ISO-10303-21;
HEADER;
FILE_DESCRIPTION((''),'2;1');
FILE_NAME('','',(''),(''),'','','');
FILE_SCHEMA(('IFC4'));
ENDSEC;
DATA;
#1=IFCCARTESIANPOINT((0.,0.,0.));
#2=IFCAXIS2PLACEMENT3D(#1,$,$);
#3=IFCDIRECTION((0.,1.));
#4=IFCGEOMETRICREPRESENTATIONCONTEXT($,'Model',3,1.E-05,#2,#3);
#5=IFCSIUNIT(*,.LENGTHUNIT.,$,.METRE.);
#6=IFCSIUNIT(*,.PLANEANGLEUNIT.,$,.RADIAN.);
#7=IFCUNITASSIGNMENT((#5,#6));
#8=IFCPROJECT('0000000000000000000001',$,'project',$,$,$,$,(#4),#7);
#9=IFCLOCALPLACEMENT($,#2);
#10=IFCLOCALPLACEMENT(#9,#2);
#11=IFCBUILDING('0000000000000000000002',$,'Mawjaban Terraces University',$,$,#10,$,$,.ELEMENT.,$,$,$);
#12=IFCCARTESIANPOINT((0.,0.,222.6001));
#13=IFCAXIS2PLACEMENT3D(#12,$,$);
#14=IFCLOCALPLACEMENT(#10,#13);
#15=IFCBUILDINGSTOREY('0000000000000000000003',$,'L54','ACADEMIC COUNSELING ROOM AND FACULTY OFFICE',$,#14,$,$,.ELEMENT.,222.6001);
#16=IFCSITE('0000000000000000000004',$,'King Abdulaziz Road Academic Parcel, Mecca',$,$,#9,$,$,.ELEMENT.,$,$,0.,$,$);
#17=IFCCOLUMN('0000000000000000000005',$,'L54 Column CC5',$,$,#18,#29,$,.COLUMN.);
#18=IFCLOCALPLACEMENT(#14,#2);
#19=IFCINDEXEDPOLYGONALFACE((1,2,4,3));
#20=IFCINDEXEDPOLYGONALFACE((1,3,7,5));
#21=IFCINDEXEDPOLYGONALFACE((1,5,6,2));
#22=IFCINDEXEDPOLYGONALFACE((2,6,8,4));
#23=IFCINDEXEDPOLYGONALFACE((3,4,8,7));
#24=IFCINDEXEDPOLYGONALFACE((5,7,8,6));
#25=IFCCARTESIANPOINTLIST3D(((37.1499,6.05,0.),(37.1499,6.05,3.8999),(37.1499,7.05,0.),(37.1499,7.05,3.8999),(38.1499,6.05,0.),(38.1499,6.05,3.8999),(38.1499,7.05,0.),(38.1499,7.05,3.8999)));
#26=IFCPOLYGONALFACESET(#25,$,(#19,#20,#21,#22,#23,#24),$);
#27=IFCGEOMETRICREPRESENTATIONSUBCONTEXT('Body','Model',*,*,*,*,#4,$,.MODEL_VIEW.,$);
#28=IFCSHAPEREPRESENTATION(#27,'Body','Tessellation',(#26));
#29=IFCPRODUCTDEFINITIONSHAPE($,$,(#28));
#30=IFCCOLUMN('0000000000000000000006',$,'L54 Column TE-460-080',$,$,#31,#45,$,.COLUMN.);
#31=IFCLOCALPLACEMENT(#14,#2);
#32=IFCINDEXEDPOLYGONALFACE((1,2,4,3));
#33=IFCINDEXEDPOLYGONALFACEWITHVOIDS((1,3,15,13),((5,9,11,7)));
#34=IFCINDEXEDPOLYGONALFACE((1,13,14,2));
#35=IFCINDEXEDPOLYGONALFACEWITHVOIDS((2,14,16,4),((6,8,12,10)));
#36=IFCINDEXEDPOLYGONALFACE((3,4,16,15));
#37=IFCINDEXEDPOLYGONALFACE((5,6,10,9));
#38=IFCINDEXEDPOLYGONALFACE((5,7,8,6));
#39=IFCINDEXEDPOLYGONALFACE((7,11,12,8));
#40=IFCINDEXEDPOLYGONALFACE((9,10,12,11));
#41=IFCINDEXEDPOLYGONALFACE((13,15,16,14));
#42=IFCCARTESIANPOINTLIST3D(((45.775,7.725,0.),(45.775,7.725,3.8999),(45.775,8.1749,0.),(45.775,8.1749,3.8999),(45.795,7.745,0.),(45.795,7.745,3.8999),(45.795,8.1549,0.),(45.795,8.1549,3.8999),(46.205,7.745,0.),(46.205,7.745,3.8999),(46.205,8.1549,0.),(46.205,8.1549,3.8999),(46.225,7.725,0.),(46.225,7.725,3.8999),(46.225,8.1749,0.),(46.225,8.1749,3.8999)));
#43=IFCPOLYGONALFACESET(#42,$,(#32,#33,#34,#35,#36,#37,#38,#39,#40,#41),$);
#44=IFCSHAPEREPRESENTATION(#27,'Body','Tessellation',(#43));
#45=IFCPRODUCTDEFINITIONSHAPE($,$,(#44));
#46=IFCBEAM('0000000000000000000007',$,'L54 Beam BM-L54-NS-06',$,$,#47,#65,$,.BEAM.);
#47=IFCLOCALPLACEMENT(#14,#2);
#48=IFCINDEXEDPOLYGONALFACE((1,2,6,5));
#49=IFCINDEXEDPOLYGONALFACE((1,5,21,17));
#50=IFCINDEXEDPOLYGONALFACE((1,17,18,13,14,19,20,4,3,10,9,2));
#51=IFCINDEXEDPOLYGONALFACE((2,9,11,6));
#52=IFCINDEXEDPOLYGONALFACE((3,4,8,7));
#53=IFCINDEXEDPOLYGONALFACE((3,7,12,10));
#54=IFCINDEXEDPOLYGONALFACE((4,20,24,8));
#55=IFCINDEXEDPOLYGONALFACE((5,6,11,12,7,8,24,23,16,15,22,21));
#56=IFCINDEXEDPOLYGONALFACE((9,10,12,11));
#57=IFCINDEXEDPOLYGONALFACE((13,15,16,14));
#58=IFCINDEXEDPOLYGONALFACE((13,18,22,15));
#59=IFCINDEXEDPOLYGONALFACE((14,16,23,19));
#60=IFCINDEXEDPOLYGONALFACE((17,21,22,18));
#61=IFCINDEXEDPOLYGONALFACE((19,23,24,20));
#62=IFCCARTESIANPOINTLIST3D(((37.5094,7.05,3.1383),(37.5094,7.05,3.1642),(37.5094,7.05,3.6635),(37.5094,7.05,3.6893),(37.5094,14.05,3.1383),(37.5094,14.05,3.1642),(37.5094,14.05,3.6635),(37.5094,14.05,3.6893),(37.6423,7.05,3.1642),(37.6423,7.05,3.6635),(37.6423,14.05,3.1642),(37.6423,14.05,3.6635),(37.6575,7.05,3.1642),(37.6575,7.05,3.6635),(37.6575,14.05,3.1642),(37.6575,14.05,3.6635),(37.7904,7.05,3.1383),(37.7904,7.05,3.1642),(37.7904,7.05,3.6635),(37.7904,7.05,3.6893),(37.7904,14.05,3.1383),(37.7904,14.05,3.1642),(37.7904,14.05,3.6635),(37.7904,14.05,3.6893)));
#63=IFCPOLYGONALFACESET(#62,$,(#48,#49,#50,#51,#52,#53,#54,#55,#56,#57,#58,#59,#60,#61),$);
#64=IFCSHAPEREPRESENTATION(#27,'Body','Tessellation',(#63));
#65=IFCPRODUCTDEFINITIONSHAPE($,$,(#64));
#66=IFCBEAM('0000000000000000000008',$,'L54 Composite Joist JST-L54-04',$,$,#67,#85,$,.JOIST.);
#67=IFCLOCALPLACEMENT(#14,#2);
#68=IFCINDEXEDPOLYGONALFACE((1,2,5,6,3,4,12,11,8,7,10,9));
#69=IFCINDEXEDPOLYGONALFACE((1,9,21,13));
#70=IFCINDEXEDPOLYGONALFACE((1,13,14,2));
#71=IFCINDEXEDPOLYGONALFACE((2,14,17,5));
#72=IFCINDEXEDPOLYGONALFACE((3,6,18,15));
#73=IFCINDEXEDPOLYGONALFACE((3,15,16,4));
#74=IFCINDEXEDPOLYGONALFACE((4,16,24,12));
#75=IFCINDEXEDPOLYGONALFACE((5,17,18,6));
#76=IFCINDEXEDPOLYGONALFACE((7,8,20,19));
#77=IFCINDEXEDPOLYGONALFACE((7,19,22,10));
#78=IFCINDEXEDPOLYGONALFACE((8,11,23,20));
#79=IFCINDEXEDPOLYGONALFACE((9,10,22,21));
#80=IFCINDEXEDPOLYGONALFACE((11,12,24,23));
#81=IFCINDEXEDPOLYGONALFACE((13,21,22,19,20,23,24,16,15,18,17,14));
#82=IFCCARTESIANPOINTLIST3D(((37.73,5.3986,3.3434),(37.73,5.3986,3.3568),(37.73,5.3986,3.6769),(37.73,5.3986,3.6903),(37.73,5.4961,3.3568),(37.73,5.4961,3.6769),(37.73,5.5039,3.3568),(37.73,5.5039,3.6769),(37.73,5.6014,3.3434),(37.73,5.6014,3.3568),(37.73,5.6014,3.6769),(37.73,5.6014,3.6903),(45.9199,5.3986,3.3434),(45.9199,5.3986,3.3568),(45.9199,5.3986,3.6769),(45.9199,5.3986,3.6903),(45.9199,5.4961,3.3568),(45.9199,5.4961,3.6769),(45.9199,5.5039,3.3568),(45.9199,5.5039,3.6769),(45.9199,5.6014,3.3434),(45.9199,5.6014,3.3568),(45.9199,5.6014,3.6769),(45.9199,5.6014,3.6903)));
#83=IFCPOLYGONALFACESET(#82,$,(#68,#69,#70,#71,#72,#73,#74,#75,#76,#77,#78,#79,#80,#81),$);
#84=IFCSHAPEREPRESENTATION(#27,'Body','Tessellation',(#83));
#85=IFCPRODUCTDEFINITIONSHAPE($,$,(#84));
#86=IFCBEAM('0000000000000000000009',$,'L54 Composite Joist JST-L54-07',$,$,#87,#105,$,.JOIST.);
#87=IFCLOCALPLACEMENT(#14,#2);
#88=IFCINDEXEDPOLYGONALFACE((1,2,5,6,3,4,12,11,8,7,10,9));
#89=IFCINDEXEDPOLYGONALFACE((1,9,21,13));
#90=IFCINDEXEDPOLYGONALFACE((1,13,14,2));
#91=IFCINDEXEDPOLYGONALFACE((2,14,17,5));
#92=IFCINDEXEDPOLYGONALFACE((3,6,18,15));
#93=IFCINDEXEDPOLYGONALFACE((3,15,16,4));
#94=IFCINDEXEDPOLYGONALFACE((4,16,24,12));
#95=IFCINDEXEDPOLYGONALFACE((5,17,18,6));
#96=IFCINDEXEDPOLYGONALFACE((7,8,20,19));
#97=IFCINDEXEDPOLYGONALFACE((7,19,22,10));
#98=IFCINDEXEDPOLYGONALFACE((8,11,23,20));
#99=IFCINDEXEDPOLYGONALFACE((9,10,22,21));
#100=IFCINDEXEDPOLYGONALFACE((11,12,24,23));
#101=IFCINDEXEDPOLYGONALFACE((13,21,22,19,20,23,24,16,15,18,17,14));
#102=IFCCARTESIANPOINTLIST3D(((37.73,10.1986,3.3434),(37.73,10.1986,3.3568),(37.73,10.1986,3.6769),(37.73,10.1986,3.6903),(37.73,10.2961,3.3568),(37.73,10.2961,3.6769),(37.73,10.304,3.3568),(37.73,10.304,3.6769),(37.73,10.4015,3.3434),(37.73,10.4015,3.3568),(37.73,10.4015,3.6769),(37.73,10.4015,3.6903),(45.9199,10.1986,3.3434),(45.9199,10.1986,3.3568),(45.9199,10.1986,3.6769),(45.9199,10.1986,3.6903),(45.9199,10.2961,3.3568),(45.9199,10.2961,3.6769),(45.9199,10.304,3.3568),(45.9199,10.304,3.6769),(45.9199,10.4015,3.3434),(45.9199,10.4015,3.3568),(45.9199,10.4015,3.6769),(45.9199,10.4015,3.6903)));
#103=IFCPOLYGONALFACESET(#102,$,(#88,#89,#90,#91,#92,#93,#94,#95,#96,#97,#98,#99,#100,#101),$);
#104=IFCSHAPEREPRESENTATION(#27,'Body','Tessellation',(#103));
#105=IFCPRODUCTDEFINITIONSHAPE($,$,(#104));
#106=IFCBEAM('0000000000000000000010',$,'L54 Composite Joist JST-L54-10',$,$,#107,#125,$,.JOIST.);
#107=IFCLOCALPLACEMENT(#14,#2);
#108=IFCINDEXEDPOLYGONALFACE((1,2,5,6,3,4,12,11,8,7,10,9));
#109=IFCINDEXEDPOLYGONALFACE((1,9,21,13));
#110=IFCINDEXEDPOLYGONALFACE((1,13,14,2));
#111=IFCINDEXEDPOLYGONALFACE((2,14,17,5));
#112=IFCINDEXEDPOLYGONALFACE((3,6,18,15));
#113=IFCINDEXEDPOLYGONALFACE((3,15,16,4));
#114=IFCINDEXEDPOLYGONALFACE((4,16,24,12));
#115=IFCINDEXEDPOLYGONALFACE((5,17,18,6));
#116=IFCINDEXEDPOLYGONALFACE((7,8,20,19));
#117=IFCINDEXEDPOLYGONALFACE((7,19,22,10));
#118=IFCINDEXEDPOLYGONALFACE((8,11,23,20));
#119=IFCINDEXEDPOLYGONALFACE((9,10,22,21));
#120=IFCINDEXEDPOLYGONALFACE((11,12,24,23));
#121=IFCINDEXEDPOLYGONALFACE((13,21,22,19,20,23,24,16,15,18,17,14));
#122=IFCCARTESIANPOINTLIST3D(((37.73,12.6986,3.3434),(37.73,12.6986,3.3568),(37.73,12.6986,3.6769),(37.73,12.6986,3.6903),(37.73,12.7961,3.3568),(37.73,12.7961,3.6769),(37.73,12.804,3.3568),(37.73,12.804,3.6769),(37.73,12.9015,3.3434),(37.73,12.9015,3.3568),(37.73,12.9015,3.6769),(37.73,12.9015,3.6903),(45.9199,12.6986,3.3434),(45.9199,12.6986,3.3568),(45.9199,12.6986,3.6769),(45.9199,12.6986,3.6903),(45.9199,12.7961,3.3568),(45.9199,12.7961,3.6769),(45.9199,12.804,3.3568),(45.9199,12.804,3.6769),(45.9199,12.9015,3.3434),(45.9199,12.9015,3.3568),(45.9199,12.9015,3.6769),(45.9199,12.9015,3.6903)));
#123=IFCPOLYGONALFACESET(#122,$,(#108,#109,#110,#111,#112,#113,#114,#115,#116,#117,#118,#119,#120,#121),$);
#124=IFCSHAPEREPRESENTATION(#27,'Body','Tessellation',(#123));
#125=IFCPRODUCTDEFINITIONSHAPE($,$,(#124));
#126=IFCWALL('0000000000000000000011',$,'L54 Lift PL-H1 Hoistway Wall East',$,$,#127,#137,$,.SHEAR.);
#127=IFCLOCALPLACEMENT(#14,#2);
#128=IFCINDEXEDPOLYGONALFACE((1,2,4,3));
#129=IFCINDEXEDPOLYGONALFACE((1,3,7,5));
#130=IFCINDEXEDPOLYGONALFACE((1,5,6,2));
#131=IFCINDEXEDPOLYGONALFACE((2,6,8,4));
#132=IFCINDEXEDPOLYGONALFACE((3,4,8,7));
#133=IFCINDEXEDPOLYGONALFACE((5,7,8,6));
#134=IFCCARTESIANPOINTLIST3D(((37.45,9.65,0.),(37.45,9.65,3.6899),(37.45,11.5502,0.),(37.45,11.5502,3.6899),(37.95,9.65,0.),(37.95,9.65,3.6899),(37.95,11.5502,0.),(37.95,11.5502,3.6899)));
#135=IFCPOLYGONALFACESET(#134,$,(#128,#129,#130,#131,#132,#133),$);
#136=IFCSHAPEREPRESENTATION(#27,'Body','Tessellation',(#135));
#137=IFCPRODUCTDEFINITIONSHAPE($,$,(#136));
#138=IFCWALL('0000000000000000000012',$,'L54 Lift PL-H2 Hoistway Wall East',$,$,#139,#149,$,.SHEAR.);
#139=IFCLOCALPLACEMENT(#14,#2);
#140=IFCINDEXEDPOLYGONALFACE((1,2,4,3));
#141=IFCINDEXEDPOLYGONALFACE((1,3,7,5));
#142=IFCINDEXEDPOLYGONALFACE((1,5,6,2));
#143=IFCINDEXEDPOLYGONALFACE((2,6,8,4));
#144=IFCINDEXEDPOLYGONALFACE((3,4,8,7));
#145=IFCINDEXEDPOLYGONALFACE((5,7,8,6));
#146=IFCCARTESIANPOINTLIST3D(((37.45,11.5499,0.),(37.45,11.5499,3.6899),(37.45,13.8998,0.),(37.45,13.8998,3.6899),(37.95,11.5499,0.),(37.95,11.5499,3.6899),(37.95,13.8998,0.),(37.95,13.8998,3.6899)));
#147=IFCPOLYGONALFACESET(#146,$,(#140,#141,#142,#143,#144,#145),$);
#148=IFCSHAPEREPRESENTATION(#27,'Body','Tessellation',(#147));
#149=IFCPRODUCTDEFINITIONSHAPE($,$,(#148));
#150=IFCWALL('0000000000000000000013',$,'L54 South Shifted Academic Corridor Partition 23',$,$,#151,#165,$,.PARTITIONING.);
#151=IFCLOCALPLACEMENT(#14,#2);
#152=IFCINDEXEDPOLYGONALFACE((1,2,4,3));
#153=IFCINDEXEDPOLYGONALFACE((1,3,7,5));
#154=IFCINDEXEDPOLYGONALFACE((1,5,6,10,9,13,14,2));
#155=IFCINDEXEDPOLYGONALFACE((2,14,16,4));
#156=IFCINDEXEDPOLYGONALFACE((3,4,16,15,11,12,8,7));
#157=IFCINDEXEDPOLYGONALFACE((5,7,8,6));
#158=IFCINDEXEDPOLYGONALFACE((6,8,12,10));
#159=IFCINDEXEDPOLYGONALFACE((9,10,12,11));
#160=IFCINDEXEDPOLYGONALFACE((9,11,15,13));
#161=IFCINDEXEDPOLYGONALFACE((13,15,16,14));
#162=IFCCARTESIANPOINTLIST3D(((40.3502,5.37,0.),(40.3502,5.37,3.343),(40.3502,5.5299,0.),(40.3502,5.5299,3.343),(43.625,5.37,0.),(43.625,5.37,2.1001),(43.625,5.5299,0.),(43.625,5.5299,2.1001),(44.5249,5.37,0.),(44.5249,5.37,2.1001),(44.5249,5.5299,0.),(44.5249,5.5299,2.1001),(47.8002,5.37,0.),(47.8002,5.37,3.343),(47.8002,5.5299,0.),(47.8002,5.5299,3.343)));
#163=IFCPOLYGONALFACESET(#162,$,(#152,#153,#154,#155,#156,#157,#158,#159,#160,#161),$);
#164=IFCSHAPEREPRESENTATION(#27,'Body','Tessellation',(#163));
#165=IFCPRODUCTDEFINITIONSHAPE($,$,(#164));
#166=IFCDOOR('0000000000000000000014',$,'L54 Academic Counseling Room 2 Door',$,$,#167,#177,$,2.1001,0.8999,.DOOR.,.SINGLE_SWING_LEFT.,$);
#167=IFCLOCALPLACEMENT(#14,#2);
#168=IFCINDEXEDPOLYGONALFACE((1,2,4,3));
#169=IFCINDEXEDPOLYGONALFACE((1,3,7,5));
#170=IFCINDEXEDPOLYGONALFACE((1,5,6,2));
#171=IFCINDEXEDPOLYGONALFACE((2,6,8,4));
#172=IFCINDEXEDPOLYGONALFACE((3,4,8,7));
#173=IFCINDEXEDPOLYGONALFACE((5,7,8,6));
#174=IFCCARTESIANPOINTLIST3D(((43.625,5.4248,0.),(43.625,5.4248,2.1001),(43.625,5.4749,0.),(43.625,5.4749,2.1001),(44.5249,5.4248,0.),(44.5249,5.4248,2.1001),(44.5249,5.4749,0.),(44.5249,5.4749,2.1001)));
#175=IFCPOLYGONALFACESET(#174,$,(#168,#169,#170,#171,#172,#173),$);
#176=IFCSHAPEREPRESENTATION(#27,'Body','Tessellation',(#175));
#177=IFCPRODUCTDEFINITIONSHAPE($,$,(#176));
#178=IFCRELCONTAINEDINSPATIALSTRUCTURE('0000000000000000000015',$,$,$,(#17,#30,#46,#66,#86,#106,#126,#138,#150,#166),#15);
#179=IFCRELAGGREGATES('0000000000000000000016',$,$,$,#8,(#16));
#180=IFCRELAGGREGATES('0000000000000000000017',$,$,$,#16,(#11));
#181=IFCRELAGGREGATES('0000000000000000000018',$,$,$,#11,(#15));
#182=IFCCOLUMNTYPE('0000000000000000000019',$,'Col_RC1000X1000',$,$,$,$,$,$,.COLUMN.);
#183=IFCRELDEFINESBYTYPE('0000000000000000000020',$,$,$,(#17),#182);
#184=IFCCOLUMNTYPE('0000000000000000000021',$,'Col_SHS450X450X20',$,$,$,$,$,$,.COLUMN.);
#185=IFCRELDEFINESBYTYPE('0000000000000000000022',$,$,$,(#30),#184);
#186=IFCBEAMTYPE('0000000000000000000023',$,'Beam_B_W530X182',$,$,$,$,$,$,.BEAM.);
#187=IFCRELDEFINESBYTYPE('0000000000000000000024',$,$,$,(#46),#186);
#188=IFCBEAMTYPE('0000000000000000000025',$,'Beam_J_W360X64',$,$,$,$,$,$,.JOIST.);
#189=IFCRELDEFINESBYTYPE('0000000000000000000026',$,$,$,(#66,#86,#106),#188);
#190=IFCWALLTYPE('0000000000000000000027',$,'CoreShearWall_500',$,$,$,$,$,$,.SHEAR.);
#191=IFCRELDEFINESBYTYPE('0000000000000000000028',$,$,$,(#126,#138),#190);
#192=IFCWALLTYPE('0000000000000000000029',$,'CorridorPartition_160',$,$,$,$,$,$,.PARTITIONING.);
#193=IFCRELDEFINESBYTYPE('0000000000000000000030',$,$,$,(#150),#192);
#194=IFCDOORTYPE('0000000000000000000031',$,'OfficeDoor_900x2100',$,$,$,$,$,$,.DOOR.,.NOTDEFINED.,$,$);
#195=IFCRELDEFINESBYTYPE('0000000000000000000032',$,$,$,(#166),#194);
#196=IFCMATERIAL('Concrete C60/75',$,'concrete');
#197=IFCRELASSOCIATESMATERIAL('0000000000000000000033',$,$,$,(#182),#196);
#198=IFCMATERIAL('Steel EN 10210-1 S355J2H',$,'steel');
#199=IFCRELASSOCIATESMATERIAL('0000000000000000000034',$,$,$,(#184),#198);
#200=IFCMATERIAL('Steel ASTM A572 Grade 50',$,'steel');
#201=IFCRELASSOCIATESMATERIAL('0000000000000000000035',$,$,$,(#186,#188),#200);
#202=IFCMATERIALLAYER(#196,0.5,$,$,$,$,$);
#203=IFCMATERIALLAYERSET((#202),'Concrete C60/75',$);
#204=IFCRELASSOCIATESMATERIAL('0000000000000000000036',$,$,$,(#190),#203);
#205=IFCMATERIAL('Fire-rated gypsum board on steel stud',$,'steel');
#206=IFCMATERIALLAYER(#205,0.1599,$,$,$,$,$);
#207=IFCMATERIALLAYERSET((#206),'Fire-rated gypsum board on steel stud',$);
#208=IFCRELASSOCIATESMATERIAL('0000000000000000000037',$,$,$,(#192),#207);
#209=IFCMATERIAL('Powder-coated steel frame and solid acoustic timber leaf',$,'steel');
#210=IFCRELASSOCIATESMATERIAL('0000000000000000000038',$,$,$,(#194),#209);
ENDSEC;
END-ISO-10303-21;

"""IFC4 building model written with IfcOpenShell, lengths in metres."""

from ifc_helpers import new_model, si_unit, direction, frame, frame_2d, origin, origin_2d, place, context, subcontext, project, spatial, rectangle, hollow_rectangle, i_section, extrude, material, layer, layer_set, material_profile, profile_set, type_object, element, fill, save


model = new_model("IFC4")

# Units and contexts
model_context = context("Model", 3, precision=1e-05, world=origin(), true_north=direction((0.0, 1.0)))
body_context = subcontext(model_context, "Body", "Model", "MODEL_VIEW")
ifc_project = project(units=[si_unit("LENGTHUNIT", "METRE"), si_unit("PLANEANGLEUNIT", "RADIAN")], contexts=[model_context])

# Site, building, storey
site_placement = place(None, origin())
site = spatial("IfcSite", under=ifc_project, at=site_placement, Name="King Abdulaziz Road Academic Parcel, Mecca", CompositionType="ELEMENT", RefElevation=0.0)
building_placement = place(site_placement, origin())
building = spatial("IfcBuilding", under=site, at=building_placement, Name="Mawjaban Terraces University", CompositionType="ELEMENT")
storey_placement = place(building_placement, frame((0.0, 0.0, 222.6001)))
storey = spatial("IfcBuildingStorey", under=building, at=storey_placement, Name="L54", Description="ACADEMIC COUNSELING ROOM AND FACULTY OFFICE", CompositionType="ELEMENT", Elevation=222.6001)

# Columns
ifc_material_1 = material(Name="Concrete C60/75", Category="concrete")
ifc_material_profile_1 = material_profile(ifc_material_1, rectangle(XDim=1.0, YDim=1.0, at=origin_2d()), Name="RC1000X1000")
ifc_profile_set_1 = profile_set([ifc_material_profile_1], Name="Concrete C60/75")
column_type_1 = type_object("IfcColumnType", Name="Col_RC1000X1000", PredefinedType="COLUMN", material=ifc_profile_set_1)
column_1_placement = place(storey_placement, frame((37.6499, 6.55, 0.0), z_axis=(0.0, 0.0, 1.0), x_axis=(1.0, 0.0, 0.0)))
element("IfcColumn", 1, at=column_1_placement, inside=storey, type_object=column_type_1, Name="L54 Column CC5", PredefinedType="COLUMN", context=body_context, shape_type="SweptSolid", body=[
    extrude(rectangle(XDim=1.0, YDim=1.0, at=origin_2d()), origin(), (0.0, 0.0, 1.0), 3.8999),
])
ifc_material_2 = material(Name="Steel EN 10210-1 S355J2H", Category="steel")
ifc_material_profile_2 = material_profile(ifc_material_2, hollow_rectangle(XDim=0.45, YDim=0.45, WallThickness=0.02, at=origin_2d()), Name="SHS450X450X20")
ifc_profile_set_2 = profile_set([ifc_material_profile_2], Name="Steel EN 10210-1 S355J2H")
column_type_2 = type_object("IfcColumnType", Name="Col_SHS450X450X20", PredefinedType="COLUMN", material=ifc_profile_set_2)
column_2_placement = place(storey_placement, frame((46.0, 7.95, 0.0), z_axis=(0.0, 0.0, 1.0), x_axis=(1.0, 0.0, 0.0)))
element("IfcColumn", 2, at=column_2_placement, inside=storey, type_object=column_type_2, Name="L54 Column TE-460-080", PredefinedType="COLUMN", context=body_context, shape_type="SweptSolid", body=[
    extrude(hollow_rectangle(XDim=0.45, YDim=0.45, WallThickness=0.02, at=origin_2d()), origin(), (0.0, 0.0, 1.0), 3.8999),
])

# Beams
ifc_material_3 = material(Name="Steel ASTM A572 Grade 50", Category="steel")
ifc_material_profile_3 = material_profile(ifc_material_3, i_section(OverallWidth=0.281, OverallDepth=0.551, WebThickness=0.0151, FlangeThickness=0.0259, at=origin_2d()), Name="W530X182")
ifc_profile_set_3 = profile_set([ifc_material_profile_3], Name="Steel ASTM A572 Grade 50")
beam_type_1 = type_object("IfcBeamType", Name="Beam_B_W530X182", PredefinedType="BEAM", material=ifc_profile_set_3)
beam_placement = place(storey_placement, frame((37.6499, 7.05, 3.4138), z_axis=(0.0, 1.0, 0.0), x_axis=(-1.0, 0.0, 0.0)))
element("IfcBeam", 3, at=beam_placement, inside=storey, type_object=beam_type_1, Name="L54 Beam BM-L54-NS-06", PredefinedType="BEAM", context=body_context, shape_type="SweptSolid", body=[
    extrude(i_section(OverallWidth=0.281, OverallDepth=0.551, WebThickness=0.0151, FlangeThickness=0.0259, at=origin_2d()), origin(), (0.0, 0.0, 1.0), 7.0),
])
ifc_material_profile_4 = material_profile(ifc_material_3, i_section(OverallWidth=0.2029, OverallDepth=0.3469, WebThickness=0.0078, FlangeThickness=0.0134, at=origin_2d()), Name="W360X64")
ifc_profile_set_4 = profile_set([ifc_material_profile_4], Name="Steel ASTM A572 Grade 50")
beam_type_2 = type_object("IfcBeamType", Name="Beam_J_W360X64", PredefinedType="JOIST", material=ifc_profile_set_4)
for number, where, z_axis, x_axis, name in (
    (4, (37.73, 5.5, 3.5168), (1.0, 0.0, 0.0), (0.0, 1.0, 0.0), "L54 Composite Joist JST-L54-04"),
    (5, (37.73, 10.3, 3.5168), (1.0, 0.0, 0.0), (0.0, 1.0, 0.0), "L54 Composite Joist JST-L54-07"),
    (6, (37.73, 12.8, 3.5168), (1.0, 0.0, 0.0), (0.0, 1.0, 0.0), "L54 Composite Joist JST-L54-10"),
):
    element("IfcBeam", number, at=place(storey_placement, frame(where, z_axis=z_axis, x_axis=x_axis)), inside=storey, type_object=beam_type_2, Name=name, PredefinedType="JOIST", context=body_context, shape_type="SweptSolid", body=[
        extrude(i_section(OverallWidth=0.2029, OverallDepth=0.3469, WebThickness=0.0078, FlangeThickness=0.0134, at=origin_2d()), origin(), (0.0, 0.0, 1.0), 8.1899),
    ])

# Walls
ifc_layer_1 = layer(ifc_material_1, 0.5)
ifc_layer_set_1 = layer_set([ifc_layer_1], Name="Concrete C60/75")
wall_type_1 = type_object("IfcWallType", Name="CoreShearWall_500", PredefinedType="SHEAR", material=ifc_layer_set_1)
wall_1_placement = place(storey_placement, frame((37.7, 9.6499, 0.0), z_axis=(0.0, 0.0, 1.0), x_axis=(0.0, 1.0, 0.0)))
element("IfcWall", 7, at=wall_1_placement, inside=storey, type_object=wall_type_1, Name="L54 Lift PL-H1 Hoistway Wall East", PredefinedType="SHEAR", context=body_context, shape_type="SweptSolid", body=[
    extrude(rectangle(XDim=1.9001, YDim=0.5, at=frame_2d((0.9502, 0.0))), origin(), (0.0, 0.0, 1.0), 3.6899),
])
wall_2_placement = place(storey_placement, frame((37.7, 11.55, 0.0), z_axis=(0.0, 0.0, 1.0), x_axis=(0.0, 1.0, 0.0)))
element("IfcWall", 8, at=wall_2_placement, inside=storey, type_object=wall_type_1, Name="L54 Lift PL-H2 Hoistway Wall East", PredefinedType="SHEAR", context=body_context, shape_type="SweptSolid", body=[
    extrude(rectangle(XDim=2.3499, YDim=0.5, at=frame_2d((1.1748, 0.0))), origin(), (0.0, 0.0, 1.0), 3.6899),
])

# Wall, opening, door
ifc_material_4 = material(Name="Fire-rated gypsum board on steel stud", Category="steel")
ifc_layer_2 = layer(ifc_material_4, 0.1599)
ifc_layer_set_2 = layer_set([ifc_layer_2], Name="Fire-rated gypsum board on steel stud")
wall_type_2 = type_object("IfcWallType", Name="CorridorPartition_160", PredefinedType="PARTITIONING", material=ifc_layer_set_2)
wall_3_placement = place(storey_placement, frame((40.3501, 5.45, 0.0), z_axis=(0.0, 0.0, 1.0), x_axis=(1.0, 0.0, 0.0)))
wall_3 = element("IfcWall", 9, at=wall_3_placement, inside=storey, type_object=wall_type_2, Name="L54 South Shifted Academic Corridor Partition 23", PredefinedType="PARTITIONING", context=body_context, shape_type="SweptSolid", body=[
    extrude(rectangle(XDim=7.45, YDim=0.1599, at=frame_2d((3.7251, 0.0))), origin(), (0.0, 0.0, 1.0), 3.343),
])
opening_1_placement = place(wall_3_placement, frame((3.2749, 0.0, 0.0)))
opening_1 = element("IfcOpeningElement", 10, at=opening_1_placement, cuts=wall_3, PredefinedType="OPENING", context=body_context, shape_type="SweptSolid", body=[
    extrude(rectangle(XDim=0.8999, YDim=2.1001, at=frame_2d((0.45, 1.05))), frame((0.0, 0.0898, 0.0), z_axis=(0.0, -1.0, 0.0), x_axis=(1.0, 0.0, 0.0)), (0.0, 0.0, 1.0), 0.1799),
])
ifc_material_5 = material(Name="Powder-coated steel frame and solid acoustic timber leaf", Category="steel")
door_type_1 = type_object("IfcDoorType", Name="OfficeDoor_900x2100", OperationType="NOTDEFINED", PredefinedType="DOOR", material=ifc_material_5)
door_1_placement = place(opening_1_placement, origin())
door_1 = element("IfcDoor", 11, at=door_1_placement, inside=storey, type_object=door_type_1, Name="L54 Academic Counseling Room 2 Door", OperationType="SINGLE_SWING_LEFT", OverallHeight=2.1001, OverallWidth=0.8999, PredefinedType="DOOR", context=body_context, shape_type="SweptSolid", body=[
    extrude(rectangle(XDim=0.8999, YDim=2.1001, at=frame_2d((0.45, 1.05))), frame((0.0, 0.0249, 0.0), z_axis=(0.0, -1.0, 0.0), x_axis=(1.0, 0.0, 0.0)), (0.0, 0.0, 1.0), 0.05),
])
fill(opening_1, door_1)

save(model, "model.ifc")
